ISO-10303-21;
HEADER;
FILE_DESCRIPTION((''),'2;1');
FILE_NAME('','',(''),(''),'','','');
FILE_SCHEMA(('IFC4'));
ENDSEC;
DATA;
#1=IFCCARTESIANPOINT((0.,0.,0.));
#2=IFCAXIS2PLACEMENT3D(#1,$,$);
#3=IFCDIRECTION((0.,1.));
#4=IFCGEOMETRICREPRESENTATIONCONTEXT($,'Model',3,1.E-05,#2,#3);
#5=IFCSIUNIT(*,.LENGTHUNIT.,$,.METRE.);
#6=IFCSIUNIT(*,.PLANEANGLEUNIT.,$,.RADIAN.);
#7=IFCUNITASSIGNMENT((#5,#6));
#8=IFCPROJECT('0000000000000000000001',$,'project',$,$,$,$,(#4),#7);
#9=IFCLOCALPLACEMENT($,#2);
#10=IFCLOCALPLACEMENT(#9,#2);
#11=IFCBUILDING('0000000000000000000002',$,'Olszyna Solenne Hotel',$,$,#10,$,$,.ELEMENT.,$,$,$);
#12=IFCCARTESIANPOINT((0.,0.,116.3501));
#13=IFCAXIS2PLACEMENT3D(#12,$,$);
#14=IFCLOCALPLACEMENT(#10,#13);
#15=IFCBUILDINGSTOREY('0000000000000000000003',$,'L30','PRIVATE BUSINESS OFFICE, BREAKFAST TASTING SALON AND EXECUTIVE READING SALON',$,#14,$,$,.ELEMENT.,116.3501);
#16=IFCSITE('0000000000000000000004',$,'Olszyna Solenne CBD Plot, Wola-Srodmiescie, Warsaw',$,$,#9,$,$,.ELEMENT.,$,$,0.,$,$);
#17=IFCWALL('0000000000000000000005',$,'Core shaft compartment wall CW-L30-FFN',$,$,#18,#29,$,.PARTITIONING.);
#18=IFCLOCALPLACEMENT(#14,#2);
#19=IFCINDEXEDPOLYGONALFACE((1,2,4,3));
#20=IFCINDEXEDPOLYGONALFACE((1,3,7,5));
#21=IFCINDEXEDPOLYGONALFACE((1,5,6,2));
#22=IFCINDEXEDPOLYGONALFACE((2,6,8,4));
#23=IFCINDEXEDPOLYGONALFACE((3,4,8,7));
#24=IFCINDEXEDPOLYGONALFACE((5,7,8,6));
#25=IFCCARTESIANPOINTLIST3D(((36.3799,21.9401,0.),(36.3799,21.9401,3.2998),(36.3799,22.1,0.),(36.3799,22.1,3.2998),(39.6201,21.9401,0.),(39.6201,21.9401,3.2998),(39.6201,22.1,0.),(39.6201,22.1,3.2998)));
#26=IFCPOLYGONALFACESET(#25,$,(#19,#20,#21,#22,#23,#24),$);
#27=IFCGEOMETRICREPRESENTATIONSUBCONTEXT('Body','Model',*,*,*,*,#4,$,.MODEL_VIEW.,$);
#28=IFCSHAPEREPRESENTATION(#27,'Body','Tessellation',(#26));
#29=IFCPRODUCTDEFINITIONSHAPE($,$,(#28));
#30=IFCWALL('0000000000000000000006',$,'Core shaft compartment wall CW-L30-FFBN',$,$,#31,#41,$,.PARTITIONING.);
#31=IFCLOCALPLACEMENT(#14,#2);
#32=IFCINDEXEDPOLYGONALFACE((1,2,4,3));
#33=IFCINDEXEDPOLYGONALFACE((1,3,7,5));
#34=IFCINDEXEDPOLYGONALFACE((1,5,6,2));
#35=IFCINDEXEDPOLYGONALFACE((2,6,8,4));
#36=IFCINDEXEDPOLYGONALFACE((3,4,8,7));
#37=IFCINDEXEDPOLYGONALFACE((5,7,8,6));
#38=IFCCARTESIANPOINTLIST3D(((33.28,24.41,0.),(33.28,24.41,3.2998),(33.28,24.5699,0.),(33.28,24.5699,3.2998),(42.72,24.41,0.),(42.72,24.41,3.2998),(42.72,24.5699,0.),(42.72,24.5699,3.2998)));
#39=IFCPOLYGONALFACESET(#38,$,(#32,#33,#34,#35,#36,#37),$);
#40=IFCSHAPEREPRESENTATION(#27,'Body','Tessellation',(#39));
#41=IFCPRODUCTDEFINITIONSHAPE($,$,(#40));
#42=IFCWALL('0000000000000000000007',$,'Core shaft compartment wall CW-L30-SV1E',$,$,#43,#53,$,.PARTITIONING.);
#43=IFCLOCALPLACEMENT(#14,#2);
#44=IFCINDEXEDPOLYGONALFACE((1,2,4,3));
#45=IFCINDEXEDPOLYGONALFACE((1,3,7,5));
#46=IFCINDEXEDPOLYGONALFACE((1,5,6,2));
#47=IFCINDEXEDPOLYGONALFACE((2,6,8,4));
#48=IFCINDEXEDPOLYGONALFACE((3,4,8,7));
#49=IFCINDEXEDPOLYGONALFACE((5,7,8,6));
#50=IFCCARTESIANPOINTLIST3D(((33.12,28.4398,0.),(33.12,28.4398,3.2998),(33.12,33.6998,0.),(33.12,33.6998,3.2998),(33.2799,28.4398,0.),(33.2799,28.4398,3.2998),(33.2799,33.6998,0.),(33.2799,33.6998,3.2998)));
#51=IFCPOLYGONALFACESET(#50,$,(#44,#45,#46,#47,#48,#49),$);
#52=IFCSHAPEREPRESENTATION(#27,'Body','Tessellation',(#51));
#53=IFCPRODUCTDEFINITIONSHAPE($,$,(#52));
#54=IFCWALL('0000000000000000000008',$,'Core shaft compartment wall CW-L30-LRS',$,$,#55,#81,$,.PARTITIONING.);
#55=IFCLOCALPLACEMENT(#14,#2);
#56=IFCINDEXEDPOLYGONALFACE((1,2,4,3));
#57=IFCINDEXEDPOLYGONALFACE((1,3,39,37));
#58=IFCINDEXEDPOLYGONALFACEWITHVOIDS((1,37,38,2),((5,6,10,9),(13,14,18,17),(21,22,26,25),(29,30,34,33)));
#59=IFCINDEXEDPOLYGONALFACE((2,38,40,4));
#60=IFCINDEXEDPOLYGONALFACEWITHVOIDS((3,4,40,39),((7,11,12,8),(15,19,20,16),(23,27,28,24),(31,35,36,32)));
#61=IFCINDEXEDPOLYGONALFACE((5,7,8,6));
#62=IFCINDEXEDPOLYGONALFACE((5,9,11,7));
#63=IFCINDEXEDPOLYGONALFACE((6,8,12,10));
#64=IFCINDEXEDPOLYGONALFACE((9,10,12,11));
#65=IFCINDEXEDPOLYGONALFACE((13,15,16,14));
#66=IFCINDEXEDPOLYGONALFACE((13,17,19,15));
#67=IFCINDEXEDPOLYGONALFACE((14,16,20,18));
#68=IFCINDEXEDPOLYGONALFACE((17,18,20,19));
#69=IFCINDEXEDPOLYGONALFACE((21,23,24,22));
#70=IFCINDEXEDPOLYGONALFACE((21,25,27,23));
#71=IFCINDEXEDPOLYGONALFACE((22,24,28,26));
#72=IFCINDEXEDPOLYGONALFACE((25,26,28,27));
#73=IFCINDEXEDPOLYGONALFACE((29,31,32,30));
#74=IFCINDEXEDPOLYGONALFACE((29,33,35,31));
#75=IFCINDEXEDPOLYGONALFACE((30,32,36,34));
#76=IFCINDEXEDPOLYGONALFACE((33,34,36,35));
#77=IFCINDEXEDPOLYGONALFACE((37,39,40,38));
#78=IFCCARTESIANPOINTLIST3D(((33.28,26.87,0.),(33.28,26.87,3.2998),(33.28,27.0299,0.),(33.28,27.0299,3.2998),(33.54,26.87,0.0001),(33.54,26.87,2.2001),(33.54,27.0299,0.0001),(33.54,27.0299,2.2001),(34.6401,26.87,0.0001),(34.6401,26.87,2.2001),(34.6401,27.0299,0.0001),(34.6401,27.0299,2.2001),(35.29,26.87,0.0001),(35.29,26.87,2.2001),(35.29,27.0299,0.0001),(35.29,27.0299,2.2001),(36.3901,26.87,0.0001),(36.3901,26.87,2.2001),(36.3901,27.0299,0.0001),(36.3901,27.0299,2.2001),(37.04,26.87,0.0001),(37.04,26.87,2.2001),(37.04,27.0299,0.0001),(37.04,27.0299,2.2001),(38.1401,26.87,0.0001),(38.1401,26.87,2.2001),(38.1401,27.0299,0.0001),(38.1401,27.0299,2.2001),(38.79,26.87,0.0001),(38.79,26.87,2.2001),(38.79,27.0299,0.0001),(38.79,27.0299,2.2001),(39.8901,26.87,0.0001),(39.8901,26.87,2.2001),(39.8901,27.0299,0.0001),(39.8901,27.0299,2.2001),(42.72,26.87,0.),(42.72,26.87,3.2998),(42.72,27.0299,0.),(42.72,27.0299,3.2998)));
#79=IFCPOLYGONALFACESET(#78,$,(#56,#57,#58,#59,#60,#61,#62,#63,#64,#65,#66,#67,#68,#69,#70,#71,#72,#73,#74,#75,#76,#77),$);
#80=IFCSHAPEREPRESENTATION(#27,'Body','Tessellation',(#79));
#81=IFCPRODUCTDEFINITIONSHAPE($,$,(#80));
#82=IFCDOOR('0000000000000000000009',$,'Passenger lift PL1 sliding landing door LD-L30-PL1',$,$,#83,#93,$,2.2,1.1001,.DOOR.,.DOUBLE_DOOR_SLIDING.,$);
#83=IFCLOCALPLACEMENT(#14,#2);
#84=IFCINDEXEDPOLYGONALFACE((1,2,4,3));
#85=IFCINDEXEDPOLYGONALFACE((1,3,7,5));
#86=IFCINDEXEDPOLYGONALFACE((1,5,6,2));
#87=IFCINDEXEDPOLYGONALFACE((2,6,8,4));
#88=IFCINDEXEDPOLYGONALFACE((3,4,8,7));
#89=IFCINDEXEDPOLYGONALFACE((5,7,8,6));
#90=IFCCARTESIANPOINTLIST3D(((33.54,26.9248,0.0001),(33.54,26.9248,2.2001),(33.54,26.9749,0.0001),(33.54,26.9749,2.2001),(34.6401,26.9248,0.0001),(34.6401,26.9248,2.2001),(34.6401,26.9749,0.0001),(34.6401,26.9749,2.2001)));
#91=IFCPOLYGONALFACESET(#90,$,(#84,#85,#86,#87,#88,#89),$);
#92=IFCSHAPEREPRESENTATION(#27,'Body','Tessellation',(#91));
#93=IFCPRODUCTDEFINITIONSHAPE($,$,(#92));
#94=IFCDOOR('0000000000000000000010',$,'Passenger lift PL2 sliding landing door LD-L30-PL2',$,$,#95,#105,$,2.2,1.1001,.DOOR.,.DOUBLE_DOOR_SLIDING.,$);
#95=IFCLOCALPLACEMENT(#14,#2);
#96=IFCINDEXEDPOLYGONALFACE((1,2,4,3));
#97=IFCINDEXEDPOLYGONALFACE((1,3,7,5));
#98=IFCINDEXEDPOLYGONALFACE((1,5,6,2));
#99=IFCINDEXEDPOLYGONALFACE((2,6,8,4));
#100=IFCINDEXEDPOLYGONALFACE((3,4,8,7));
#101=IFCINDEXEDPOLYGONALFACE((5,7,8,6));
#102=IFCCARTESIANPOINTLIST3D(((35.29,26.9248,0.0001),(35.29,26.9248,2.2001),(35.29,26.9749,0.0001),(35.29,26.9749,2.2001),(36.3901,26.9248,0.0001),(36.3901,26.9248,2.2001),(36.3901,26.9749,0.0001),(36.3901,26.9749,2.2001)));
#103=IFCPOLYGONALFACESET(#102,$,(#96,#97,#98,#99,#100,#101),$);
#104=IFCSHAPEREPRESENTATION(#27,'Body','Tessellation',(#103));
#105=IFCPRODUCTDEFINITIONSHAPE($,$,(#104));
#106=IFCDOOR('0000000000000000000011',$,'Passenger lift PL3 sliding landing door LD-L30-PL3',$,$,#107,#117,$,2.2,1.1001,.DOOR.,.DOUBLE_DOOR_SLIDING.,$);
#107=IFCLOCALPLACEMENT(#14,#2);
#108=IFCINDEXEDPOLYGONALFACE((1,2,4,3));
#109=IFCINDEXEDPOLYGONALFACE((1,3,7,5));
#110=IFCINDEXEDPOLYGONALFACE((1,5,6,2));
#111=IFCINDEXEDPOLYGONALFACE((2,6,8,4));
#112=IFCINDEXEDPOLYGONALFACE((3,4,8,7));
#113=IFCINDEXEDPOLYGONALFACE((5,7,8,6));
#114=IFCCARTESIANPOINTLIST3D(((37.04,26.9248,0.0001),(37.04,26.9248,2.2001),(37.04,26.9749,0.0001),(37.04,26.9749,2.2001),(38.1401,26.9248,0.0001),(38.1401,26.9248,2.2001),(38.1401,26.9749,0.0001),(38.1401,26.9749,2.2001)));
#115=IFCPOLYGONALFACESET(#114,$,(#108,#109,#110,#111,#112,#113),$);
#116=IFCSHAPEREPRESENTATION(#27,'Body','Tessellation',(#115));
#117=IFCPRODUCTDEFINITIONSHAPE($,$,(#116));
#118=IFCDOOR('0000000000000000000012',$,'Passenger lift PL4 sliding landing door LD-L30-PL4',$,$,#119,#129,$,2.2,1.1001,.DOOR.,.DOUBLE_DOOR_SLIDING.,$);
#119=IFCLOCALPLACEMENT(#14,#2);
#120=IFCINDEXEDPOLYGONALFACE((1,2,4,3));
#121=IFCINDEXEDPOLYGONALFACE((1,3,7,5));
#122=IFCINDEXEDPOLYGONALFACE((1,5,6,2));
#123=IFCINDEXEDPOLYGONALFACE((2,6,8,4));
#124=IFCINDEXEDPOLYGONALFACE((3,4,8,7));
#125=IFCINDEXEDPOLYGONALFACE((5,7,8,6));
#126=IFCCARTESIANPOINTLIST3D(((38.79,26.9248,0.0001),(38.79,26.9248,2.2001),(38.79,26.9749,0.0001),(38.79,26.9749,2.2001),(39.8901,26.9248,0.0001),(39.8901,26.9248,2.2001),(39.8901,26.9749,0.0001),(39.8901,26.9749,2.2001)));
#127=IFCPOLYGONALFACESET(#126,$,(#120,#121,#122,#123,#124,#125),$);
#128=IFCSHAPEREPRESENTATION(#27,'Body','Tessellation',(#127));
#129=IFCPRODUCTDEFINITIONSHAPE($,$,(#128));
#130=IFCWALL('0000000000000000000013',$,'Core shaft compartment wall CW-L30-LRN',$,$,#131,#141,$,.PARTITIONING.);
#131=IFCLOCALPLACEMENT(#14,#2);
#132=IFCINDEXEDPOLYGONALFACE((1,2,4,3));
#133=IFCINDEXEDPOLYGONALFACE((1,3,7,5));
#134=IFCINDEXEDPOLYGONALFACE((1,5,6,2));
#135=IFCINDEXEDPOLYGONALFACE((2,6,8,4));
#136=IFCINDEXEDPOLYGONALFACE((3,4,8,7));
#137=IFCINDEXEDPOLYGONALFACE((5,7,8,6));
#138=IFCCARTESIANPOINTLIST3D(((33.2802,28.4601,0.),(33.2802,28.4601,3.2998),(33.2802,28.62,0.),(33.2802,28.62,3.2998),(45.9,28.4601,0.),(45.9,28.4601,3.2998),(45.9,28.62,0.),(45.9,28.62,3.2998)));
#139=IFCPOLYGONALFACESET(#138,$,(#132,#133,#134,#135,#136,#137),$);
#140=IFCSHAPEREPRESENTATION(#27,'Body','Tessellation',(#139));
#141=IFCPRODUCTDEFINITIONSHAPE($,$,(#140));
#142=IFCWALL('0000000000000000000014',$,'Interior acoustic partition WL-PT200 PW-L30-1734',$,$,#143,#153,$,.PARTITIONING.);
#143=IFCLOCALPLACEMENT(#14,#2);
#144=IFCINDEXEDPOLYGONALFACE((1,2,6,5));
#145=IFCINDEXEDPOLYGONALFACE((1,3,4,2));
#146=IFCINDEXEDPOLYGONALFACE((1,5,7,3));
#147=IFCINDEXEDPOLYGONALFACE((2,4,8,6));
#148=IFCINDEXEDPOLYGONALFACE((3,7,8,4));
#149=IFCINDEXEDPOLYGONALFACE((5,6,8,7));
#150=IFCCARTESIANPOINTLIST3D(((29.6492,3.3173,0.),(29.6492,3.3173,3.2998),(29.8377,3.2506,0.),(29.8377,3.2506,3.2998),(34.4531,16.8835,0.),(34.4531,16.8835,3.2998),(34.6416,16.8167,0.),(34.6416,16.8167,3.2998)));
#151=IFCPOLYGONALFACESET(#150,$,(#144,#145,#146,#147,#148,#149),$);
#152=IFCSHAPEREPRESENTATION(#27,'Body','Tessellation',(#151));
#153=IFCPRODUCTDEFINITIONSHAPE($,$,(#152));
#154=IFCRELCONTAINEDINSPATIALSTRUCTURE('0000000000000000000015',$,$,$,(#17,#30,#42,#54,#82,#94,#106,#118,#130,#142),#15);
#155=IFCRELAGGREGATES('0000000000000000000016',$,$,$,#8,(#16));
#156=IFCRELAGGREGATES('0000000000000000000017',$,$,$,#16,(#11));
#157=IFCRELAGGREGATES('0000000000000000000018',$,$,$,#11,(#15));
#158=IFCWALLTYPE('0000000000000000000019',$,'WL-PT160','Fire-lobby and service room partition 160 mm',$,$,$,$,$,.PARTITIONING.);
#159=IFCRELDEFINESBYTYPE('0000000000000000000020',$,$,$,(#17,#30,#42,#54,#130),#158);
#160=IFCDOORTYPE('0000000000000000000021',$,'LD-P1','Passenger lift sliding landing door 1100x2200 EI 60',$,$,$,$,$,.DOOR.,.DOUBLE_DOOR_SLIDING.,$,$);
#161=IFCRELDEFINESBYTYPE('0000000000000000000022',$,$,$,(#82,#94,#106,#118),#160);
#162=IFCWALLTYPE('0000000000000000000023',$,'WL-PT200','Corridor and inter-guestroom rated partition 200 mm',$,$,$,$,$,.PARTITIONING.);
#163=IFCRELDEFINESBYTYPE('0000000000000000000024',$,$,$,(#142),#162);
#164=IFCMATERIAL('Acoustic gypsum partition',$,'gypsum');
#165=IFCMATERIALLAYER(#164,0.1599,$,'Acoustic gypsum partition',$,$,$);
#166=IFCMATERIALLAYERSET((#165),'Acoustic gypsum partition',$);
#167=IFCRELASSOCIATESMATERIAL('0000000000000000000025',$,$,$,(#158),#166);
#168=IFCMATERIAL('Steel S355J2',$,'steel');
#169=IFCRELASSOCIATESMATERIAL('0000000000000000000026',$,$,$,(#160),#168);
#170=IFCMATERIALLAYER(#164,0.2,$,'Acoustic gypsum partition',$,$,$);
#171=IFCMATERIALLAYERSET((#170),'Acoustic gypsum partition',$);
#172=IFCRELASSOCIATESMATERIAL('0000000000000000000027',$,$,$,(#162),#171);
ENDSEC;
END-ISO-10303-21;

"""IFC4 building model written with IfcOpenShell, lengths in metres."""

from ifc_helpers import new_model, si_unit, direction, frame, frame_2d, origin, place, context, subcontext, project, spatial, rectangle, extrude, source, transform, mapped, material, layer, layer_set, type_object, type_shapes, element, fill, save


model = new_model("IFC4")

# Units and contexts
model_context = context("Model", 3, precision=1e-05, world=origin(), true_north=direction((0.0, 1.0)))
body_context = subcontext(model_context, "Body", "Model", "MODEL_VIEW")
ifc_project = project(units=[si_unit("LENGTHUNIT", "METRE"), si_unit("PLANEANGLEUNIT", "RADIAN")], contexts=[model_context])

# Site, building, storey
site_placement = place(None, origin())
site = spatial("IfcSite", under=ifc_project, at=site_placement, Name="Olszyna Solenne CBD Plot, Wola-Srodmiescie, Warsaw", CompositionType="ELEMENT", RefElevation=0.0)
building_placement = place(site_placement, origin())
building = spatial("IfcBuilding", under=site, at=building_placement, Name="Olszyna Solenne Hotel", CompositionType="ELEMENT")
storey_placement = place(building_placement, frame((0.0, 0.0, 116.3501)))
storey = spatial("IfcBuildingStorey", under=building, at=storey_placement, Name="L30", Description="PRIVATE BUSINESS OFFICE, BREAKFAST TASTING SALON AND EXECUTIVE READING SALON", CompositionType="ELEMENT", Elevation=116.3501)

# Shared definitions
ifc_material_1 = material(Name="Steel S355J2", Category="steel")

# Shared definitions
ifc_material_2 = material(Name="Acoustic gypsum partition", Category="gypsum")

# Shared definitions
ifc_layer_1 = layer(ifc_material_2, 0.1599, Name="Acoustic gypsum partition")
ifc_layer_set_1 = layer_set([ifc_layer_1], Name="Acoustic gypsum partition")
wall_type_1 = type_object("IfcWallType", Name="WL-PT160", Description="Fire-lobby and service room partition 160 mm", PredefinedType="PARTITIONING", material=ifc_layer_set_1)

# Walls
wall_1_placement = place(storey_placement, frame((36.3799, 22.02, 0.0), z_axis=(0.0, 0.0, 1.0), x_axis=(1.0, 0.0, 0.0)))
element("IfcWall", 1, at=wall_1_placement, inside=storey, type_object=wall_type_1, Name="Core shaft compartment wall CW-L30-FFN", PredefinedType="PARTITIONING", context=body_context, shape_type="SweptSolid", body=[
    extrude(rectangle(XDim=3.2402, YDim=0.1599, at=frame_2d((1.6201, 0.0))), origin(), (0.0, 0.0, 1.0), 3.2998),
])
wall_2_placement = place(storey_placement, frame((33.28, 24.49, 0.0), z_axis=(0.0, 0.0, 1.0), x_axis=(1.0, 0.0, 0.0)))
element("IfcWall", 2, at=wall_2_placement, inside=storey, type_object=wall_type_1, Name="Core shaft compartment wall CW-L30-FFBN", PredefinedType="PARTITIONING", context=body_context, shape_type="SweptSolid", body=[
    extrude(rectangle(XDim=9.4399, YDim=0.1599, at=frame_2d((4.72, 0.0))), origin(), (0.0, 0.0, 1.0), 3.2998),
])
wall_3_placement = place(storey_placement, frame((33.2, 28.4399, 0.0), z_axis=(0.0, 0.0, 1.0), x_axis=(0.0, 1.0, 0.0)))
element("IfcWall", 3, at=wall_3_placement, inside=storey, type_object=wall_type_1, Name="Core shaft compartment wall CW-L30-SV1E", PredefinedType="PARTITIONING", context=body_context, shape_type="SweptSolid", body=[
    extrude(rectangle(XDim=5.26, YDim=0.1599, at=frame_2d((2.6299, 0.0))), origin(), (0.0, 0.0, 1.0), 3.2998),
])

# Wall, openings, doors
wall_4_placement = place(storey_placement, frame((33.28, 26.95, 0.0), z_axis=(0.0, 0.0, 1.0), x_axis=(1.0, 0.0, 0.0)))
wall_4 = element("IfcWall", 4, at=wall_4_placement, inside=storey, type_object=wall_type_1, Name="Core shaft compartment wall CW-L30-LRS", PredefinedType="PARTITIONING", context=body_context, shape_type="SweptSolid", body=[
    extrude(rectangle(XDim=9.4399, YDim=0.1599, at=frame_2d((4.72, 0.0))), origin(), (0.0, 0.0, 1.0), 3.2998),
])
opening_1_placement = place(wall_4_placement, frame((0.26, 0.0, 0.0)))
opening_1 = element("IfcOpeningElement", 5, at=opening_1_placement, cuts=wall_4, PredefinedType="OPENING", context=body_context, shape_type="SweptSolid", body=[
    extrude(rectangle(XDim=1.1001, YDim=2.2, at=frame_2d((0.55, 1.1001))), frame((0.0, 0.0898, 0.0), z_axis=(0.0, -1.0, 0.0), x_axis=(1.0, 0.0, 0.0)), (0.0, 0.0, 1.0), 0.1799),
])
opening_2_placement = place(wall_4_placement, frame((2.01, 0.0, 0.0)))
opening_2 = element("IfcOpeningElement", 6, at=opening_2_placement, cuts=wall_4, PredefinedType="OPENING", context=body_context, shape_type="SweptSolid", body=[
    extrude(rectangle(XDim=1.1001, YDim=2.2, at=frame_2d((0.55, 1.1001))), frame((0.0, 0.0898, 0.0), z_axis=(0.0, -1.0, 0.0), x_axis=(1.0, 0.0, 0.0)), (0.0, 0.0, 1.0), 0.1799),
])
opening_3_placement = place(wall_4_placement, frame((3.76, 0.0, 0.0)))
opening_3 = element("IfcOpeningElement", 7, at=opening_3_placement, cuts=wall_4, PredefinedType="OPENING", context=body_context, shape_type="SweptSolid", body=[
    extrude(rectangle(XDim=1.1001, YDim=2.2, at=frame_2d((0.55, 1.1001))), frame((0.0, 0.0898, 0.0), z_axis=(0.0, -1.0, 0.0), x_axis=(1.0, 0.0, 0.0)), (0.0, 0.0, 1.0), 0.1799),
])
opening_4_placement = place(wall_4_placement, frame((5.51, 0.0, 0.0)))
opening_4 = element("IfcOpeningElement", 8, at=opening_4_placement, cuts=wall_4, PredefinedType="OPENING", context=body_context, shape_type="SweptSolid", body=[
    extrude(rectangle(XDim=1.1001, YDim=2.2, at=frame_2d((0.55, 1.1001))), frame((0.0, 0.0898, 0.0), z_axis=(0.0, -1.0, 0.0), x_axis=(1.0, 0.0, 0.0)), (0.0, 0.0, 1.0), 0.1799),
])
door_type_1 = type_object("IfcDoorType", Name="LD-P1", Description="Passenger lift sliding landing door 1100x2200 EI 60", OperationType="DOUBLE_DOOR_SLIDING", PredefinedType="DOOR", material=ifc_material_1)
shared_shape_1 = source(origin(), body_context, "Body", "SweptSolid", [
    extrude(rectangle(XDim=1.1001, YDim=2.2, at=frame_2d((0.55, 1.1001))), frame((0.0, 0.0249, 0.0), z_axis=(0.0, -1.0, 0.0), x_axis=(1.0, 0.0, 0.0)), (0.0, 0.0, 1.0), 0.05),
])
type_shapes(door_type_1, [shared_shape_1])
door_1_placement = place(opening_1_placement, origin())
door_1 = element("IfcDoor", 9, at=door_1_placement, inside=storey, type_object=door_type_1, Name="Passenger lift PL1 sliding landing door LD-L30-PL1", OperationType="DOUBLE_DOOR_SLIDING", OverallHeight=2.2, OverallWidth=1.1001, PredefinedType="DOOR", context=body_context, shape_type="MappedRepresentation", body=[
    mapped(shared_shape_1, transform((0.0, 0.0, 0.0), x_axis=(1.0, 0.0, 0.0), y_axis=(0.0, 1.0, 0.0), z_axis=(0.0, 0.0, 1.0), scale=1.0)),
])
fill(opening_1, door_1)
door_2_placement = place(opening_2_placement, origin())
door_2 = element("IfcDoor", 10, at=door_2_placement, inside=storey, type_object=door_type_1, Name="Passenger lift PL2 sliding landing door LD-L30-PL2", OperationType="DOUBLE_DOOR_SLIDING", OverallHeight=2.2, OverallWidth=1.1001, PredefinedType="DOOR", context=body_context, shape_type="MappedRepresentation", body=[
    mapped(shared_shape_1, transform((0.0, 0.0, 0.0), x_axis=(1.0, 0.0, 0.0), y_axis=(0.0, 1.0, 0.0), z_axis=(0.0, 0.0, 1.0), scale=1.0)),
])
fill(opening_2, door_2)
door_3_placement = place(opening_3_placement, origin())
door_3 = element("IfcDoor", 11, at=door_3_placement, inside=storey, type_object=door_type_1, Name="Passenger lift PL3 sliding landing door LD-L30-PL3", OperationType="DOUBLE_DOOR_SLIDING", OverallHeight=2.2, OverallWidth=1.1001, PredefinedType="DOOR", context=body_context, shape_type="MappedRepresentation", body=[
    mapped(shared_shape_1, transform((0.0, 0.0, 0.0), x_axis=(1.0, 0.0, 0.0), y_axis=(0.0, 1.0, 0.0), z_axis=(0.0, 0.0, 1.0), scale=1.0)),
])
fill(opening_3, door_3)
door_4_placement = place(opening_4_placement, origin())
door_4 = element("IfcDoor", 12, at=door_4_placement, inside=storey, type_object=door_type_1, Name="Passenger lift PL4 sliding landing door LD-L30-PL4", OperationType="DOUBLE_DOOR_SLIDING", OverallHeight=2.2, OverallWidth=1.1001, PredefinedType="DOOR", context=body_context, shape_type="MappedRepresentation", body=[
    mapped(shared_shape_1, transform((0.0, 0.0, 0.0), x_axis=(1.0, 0.0, 0.0), y_axis=(0.0, 1.0, 0.0), z_axis=(0.0, 0.0, 1.0), scale=1.0)),
])
fill(opening_4, door_4)

# Walls
wall_5_placement = place(storey_placement, frame((33.28, 28.54, 0.0), z_axis=(0.0, 0.0, 1.0), x_axis=(1.0, 0.0, 0.0)))
element("IfcWall", 13, at=wall_5_placement, inside=storey, type_object=wall_type_1, Name="Core shaft compartment wall CW-L30-LRN", PredefinedType="PARTITIONING", context=body_context, shape_type="SweptSolid", body=[
    extrude(rectangle(XDim=12.6199, YDim=0.1599, at=frame_2d((6.3101, 0.0))), origin(), (0.0, 0.0, 1.0), 3.2998),
])
ifc_layer_2 = layer(ifc_material_2, 0.2, Name="Acoustic gypsum partition")
ifc_layer_set_2 = layer_set([ifc_layer_2], Name="Acoustic gypsum partition")
wall_type_2 = type_object("IfcWallType", Name="WL-PT200", Description="Corridor and inter-guestroom rated partition 200 mm", PredefinedType="PARTITIONING", material=ifc_layer_set_2)
wall_6_placement = place(storey_placement, frame((34.5474, 16.8501, 0.0), z_axis=(0.0, 0.0, 1.0), x_axis=(-0.333802, -0.942643, 0.0)))
element("IfcWall", 14, at=wall_6_placement, inside=storey, type_object=wall_type_2, Name="Interior acoustic partition WL-PT200 PW-L30-1734", PredefinedType="PARTITIONING", context=body_context, shape_type="SweptSolid", body=[
    extrude(rectangle(XDim=14.3916, YDim=0.2, at=frame_2d((7.1958, 0.0))), origin(), (0.0, 0.0, 1.0), 3.2998),
])

save(model, "model.ifc")
